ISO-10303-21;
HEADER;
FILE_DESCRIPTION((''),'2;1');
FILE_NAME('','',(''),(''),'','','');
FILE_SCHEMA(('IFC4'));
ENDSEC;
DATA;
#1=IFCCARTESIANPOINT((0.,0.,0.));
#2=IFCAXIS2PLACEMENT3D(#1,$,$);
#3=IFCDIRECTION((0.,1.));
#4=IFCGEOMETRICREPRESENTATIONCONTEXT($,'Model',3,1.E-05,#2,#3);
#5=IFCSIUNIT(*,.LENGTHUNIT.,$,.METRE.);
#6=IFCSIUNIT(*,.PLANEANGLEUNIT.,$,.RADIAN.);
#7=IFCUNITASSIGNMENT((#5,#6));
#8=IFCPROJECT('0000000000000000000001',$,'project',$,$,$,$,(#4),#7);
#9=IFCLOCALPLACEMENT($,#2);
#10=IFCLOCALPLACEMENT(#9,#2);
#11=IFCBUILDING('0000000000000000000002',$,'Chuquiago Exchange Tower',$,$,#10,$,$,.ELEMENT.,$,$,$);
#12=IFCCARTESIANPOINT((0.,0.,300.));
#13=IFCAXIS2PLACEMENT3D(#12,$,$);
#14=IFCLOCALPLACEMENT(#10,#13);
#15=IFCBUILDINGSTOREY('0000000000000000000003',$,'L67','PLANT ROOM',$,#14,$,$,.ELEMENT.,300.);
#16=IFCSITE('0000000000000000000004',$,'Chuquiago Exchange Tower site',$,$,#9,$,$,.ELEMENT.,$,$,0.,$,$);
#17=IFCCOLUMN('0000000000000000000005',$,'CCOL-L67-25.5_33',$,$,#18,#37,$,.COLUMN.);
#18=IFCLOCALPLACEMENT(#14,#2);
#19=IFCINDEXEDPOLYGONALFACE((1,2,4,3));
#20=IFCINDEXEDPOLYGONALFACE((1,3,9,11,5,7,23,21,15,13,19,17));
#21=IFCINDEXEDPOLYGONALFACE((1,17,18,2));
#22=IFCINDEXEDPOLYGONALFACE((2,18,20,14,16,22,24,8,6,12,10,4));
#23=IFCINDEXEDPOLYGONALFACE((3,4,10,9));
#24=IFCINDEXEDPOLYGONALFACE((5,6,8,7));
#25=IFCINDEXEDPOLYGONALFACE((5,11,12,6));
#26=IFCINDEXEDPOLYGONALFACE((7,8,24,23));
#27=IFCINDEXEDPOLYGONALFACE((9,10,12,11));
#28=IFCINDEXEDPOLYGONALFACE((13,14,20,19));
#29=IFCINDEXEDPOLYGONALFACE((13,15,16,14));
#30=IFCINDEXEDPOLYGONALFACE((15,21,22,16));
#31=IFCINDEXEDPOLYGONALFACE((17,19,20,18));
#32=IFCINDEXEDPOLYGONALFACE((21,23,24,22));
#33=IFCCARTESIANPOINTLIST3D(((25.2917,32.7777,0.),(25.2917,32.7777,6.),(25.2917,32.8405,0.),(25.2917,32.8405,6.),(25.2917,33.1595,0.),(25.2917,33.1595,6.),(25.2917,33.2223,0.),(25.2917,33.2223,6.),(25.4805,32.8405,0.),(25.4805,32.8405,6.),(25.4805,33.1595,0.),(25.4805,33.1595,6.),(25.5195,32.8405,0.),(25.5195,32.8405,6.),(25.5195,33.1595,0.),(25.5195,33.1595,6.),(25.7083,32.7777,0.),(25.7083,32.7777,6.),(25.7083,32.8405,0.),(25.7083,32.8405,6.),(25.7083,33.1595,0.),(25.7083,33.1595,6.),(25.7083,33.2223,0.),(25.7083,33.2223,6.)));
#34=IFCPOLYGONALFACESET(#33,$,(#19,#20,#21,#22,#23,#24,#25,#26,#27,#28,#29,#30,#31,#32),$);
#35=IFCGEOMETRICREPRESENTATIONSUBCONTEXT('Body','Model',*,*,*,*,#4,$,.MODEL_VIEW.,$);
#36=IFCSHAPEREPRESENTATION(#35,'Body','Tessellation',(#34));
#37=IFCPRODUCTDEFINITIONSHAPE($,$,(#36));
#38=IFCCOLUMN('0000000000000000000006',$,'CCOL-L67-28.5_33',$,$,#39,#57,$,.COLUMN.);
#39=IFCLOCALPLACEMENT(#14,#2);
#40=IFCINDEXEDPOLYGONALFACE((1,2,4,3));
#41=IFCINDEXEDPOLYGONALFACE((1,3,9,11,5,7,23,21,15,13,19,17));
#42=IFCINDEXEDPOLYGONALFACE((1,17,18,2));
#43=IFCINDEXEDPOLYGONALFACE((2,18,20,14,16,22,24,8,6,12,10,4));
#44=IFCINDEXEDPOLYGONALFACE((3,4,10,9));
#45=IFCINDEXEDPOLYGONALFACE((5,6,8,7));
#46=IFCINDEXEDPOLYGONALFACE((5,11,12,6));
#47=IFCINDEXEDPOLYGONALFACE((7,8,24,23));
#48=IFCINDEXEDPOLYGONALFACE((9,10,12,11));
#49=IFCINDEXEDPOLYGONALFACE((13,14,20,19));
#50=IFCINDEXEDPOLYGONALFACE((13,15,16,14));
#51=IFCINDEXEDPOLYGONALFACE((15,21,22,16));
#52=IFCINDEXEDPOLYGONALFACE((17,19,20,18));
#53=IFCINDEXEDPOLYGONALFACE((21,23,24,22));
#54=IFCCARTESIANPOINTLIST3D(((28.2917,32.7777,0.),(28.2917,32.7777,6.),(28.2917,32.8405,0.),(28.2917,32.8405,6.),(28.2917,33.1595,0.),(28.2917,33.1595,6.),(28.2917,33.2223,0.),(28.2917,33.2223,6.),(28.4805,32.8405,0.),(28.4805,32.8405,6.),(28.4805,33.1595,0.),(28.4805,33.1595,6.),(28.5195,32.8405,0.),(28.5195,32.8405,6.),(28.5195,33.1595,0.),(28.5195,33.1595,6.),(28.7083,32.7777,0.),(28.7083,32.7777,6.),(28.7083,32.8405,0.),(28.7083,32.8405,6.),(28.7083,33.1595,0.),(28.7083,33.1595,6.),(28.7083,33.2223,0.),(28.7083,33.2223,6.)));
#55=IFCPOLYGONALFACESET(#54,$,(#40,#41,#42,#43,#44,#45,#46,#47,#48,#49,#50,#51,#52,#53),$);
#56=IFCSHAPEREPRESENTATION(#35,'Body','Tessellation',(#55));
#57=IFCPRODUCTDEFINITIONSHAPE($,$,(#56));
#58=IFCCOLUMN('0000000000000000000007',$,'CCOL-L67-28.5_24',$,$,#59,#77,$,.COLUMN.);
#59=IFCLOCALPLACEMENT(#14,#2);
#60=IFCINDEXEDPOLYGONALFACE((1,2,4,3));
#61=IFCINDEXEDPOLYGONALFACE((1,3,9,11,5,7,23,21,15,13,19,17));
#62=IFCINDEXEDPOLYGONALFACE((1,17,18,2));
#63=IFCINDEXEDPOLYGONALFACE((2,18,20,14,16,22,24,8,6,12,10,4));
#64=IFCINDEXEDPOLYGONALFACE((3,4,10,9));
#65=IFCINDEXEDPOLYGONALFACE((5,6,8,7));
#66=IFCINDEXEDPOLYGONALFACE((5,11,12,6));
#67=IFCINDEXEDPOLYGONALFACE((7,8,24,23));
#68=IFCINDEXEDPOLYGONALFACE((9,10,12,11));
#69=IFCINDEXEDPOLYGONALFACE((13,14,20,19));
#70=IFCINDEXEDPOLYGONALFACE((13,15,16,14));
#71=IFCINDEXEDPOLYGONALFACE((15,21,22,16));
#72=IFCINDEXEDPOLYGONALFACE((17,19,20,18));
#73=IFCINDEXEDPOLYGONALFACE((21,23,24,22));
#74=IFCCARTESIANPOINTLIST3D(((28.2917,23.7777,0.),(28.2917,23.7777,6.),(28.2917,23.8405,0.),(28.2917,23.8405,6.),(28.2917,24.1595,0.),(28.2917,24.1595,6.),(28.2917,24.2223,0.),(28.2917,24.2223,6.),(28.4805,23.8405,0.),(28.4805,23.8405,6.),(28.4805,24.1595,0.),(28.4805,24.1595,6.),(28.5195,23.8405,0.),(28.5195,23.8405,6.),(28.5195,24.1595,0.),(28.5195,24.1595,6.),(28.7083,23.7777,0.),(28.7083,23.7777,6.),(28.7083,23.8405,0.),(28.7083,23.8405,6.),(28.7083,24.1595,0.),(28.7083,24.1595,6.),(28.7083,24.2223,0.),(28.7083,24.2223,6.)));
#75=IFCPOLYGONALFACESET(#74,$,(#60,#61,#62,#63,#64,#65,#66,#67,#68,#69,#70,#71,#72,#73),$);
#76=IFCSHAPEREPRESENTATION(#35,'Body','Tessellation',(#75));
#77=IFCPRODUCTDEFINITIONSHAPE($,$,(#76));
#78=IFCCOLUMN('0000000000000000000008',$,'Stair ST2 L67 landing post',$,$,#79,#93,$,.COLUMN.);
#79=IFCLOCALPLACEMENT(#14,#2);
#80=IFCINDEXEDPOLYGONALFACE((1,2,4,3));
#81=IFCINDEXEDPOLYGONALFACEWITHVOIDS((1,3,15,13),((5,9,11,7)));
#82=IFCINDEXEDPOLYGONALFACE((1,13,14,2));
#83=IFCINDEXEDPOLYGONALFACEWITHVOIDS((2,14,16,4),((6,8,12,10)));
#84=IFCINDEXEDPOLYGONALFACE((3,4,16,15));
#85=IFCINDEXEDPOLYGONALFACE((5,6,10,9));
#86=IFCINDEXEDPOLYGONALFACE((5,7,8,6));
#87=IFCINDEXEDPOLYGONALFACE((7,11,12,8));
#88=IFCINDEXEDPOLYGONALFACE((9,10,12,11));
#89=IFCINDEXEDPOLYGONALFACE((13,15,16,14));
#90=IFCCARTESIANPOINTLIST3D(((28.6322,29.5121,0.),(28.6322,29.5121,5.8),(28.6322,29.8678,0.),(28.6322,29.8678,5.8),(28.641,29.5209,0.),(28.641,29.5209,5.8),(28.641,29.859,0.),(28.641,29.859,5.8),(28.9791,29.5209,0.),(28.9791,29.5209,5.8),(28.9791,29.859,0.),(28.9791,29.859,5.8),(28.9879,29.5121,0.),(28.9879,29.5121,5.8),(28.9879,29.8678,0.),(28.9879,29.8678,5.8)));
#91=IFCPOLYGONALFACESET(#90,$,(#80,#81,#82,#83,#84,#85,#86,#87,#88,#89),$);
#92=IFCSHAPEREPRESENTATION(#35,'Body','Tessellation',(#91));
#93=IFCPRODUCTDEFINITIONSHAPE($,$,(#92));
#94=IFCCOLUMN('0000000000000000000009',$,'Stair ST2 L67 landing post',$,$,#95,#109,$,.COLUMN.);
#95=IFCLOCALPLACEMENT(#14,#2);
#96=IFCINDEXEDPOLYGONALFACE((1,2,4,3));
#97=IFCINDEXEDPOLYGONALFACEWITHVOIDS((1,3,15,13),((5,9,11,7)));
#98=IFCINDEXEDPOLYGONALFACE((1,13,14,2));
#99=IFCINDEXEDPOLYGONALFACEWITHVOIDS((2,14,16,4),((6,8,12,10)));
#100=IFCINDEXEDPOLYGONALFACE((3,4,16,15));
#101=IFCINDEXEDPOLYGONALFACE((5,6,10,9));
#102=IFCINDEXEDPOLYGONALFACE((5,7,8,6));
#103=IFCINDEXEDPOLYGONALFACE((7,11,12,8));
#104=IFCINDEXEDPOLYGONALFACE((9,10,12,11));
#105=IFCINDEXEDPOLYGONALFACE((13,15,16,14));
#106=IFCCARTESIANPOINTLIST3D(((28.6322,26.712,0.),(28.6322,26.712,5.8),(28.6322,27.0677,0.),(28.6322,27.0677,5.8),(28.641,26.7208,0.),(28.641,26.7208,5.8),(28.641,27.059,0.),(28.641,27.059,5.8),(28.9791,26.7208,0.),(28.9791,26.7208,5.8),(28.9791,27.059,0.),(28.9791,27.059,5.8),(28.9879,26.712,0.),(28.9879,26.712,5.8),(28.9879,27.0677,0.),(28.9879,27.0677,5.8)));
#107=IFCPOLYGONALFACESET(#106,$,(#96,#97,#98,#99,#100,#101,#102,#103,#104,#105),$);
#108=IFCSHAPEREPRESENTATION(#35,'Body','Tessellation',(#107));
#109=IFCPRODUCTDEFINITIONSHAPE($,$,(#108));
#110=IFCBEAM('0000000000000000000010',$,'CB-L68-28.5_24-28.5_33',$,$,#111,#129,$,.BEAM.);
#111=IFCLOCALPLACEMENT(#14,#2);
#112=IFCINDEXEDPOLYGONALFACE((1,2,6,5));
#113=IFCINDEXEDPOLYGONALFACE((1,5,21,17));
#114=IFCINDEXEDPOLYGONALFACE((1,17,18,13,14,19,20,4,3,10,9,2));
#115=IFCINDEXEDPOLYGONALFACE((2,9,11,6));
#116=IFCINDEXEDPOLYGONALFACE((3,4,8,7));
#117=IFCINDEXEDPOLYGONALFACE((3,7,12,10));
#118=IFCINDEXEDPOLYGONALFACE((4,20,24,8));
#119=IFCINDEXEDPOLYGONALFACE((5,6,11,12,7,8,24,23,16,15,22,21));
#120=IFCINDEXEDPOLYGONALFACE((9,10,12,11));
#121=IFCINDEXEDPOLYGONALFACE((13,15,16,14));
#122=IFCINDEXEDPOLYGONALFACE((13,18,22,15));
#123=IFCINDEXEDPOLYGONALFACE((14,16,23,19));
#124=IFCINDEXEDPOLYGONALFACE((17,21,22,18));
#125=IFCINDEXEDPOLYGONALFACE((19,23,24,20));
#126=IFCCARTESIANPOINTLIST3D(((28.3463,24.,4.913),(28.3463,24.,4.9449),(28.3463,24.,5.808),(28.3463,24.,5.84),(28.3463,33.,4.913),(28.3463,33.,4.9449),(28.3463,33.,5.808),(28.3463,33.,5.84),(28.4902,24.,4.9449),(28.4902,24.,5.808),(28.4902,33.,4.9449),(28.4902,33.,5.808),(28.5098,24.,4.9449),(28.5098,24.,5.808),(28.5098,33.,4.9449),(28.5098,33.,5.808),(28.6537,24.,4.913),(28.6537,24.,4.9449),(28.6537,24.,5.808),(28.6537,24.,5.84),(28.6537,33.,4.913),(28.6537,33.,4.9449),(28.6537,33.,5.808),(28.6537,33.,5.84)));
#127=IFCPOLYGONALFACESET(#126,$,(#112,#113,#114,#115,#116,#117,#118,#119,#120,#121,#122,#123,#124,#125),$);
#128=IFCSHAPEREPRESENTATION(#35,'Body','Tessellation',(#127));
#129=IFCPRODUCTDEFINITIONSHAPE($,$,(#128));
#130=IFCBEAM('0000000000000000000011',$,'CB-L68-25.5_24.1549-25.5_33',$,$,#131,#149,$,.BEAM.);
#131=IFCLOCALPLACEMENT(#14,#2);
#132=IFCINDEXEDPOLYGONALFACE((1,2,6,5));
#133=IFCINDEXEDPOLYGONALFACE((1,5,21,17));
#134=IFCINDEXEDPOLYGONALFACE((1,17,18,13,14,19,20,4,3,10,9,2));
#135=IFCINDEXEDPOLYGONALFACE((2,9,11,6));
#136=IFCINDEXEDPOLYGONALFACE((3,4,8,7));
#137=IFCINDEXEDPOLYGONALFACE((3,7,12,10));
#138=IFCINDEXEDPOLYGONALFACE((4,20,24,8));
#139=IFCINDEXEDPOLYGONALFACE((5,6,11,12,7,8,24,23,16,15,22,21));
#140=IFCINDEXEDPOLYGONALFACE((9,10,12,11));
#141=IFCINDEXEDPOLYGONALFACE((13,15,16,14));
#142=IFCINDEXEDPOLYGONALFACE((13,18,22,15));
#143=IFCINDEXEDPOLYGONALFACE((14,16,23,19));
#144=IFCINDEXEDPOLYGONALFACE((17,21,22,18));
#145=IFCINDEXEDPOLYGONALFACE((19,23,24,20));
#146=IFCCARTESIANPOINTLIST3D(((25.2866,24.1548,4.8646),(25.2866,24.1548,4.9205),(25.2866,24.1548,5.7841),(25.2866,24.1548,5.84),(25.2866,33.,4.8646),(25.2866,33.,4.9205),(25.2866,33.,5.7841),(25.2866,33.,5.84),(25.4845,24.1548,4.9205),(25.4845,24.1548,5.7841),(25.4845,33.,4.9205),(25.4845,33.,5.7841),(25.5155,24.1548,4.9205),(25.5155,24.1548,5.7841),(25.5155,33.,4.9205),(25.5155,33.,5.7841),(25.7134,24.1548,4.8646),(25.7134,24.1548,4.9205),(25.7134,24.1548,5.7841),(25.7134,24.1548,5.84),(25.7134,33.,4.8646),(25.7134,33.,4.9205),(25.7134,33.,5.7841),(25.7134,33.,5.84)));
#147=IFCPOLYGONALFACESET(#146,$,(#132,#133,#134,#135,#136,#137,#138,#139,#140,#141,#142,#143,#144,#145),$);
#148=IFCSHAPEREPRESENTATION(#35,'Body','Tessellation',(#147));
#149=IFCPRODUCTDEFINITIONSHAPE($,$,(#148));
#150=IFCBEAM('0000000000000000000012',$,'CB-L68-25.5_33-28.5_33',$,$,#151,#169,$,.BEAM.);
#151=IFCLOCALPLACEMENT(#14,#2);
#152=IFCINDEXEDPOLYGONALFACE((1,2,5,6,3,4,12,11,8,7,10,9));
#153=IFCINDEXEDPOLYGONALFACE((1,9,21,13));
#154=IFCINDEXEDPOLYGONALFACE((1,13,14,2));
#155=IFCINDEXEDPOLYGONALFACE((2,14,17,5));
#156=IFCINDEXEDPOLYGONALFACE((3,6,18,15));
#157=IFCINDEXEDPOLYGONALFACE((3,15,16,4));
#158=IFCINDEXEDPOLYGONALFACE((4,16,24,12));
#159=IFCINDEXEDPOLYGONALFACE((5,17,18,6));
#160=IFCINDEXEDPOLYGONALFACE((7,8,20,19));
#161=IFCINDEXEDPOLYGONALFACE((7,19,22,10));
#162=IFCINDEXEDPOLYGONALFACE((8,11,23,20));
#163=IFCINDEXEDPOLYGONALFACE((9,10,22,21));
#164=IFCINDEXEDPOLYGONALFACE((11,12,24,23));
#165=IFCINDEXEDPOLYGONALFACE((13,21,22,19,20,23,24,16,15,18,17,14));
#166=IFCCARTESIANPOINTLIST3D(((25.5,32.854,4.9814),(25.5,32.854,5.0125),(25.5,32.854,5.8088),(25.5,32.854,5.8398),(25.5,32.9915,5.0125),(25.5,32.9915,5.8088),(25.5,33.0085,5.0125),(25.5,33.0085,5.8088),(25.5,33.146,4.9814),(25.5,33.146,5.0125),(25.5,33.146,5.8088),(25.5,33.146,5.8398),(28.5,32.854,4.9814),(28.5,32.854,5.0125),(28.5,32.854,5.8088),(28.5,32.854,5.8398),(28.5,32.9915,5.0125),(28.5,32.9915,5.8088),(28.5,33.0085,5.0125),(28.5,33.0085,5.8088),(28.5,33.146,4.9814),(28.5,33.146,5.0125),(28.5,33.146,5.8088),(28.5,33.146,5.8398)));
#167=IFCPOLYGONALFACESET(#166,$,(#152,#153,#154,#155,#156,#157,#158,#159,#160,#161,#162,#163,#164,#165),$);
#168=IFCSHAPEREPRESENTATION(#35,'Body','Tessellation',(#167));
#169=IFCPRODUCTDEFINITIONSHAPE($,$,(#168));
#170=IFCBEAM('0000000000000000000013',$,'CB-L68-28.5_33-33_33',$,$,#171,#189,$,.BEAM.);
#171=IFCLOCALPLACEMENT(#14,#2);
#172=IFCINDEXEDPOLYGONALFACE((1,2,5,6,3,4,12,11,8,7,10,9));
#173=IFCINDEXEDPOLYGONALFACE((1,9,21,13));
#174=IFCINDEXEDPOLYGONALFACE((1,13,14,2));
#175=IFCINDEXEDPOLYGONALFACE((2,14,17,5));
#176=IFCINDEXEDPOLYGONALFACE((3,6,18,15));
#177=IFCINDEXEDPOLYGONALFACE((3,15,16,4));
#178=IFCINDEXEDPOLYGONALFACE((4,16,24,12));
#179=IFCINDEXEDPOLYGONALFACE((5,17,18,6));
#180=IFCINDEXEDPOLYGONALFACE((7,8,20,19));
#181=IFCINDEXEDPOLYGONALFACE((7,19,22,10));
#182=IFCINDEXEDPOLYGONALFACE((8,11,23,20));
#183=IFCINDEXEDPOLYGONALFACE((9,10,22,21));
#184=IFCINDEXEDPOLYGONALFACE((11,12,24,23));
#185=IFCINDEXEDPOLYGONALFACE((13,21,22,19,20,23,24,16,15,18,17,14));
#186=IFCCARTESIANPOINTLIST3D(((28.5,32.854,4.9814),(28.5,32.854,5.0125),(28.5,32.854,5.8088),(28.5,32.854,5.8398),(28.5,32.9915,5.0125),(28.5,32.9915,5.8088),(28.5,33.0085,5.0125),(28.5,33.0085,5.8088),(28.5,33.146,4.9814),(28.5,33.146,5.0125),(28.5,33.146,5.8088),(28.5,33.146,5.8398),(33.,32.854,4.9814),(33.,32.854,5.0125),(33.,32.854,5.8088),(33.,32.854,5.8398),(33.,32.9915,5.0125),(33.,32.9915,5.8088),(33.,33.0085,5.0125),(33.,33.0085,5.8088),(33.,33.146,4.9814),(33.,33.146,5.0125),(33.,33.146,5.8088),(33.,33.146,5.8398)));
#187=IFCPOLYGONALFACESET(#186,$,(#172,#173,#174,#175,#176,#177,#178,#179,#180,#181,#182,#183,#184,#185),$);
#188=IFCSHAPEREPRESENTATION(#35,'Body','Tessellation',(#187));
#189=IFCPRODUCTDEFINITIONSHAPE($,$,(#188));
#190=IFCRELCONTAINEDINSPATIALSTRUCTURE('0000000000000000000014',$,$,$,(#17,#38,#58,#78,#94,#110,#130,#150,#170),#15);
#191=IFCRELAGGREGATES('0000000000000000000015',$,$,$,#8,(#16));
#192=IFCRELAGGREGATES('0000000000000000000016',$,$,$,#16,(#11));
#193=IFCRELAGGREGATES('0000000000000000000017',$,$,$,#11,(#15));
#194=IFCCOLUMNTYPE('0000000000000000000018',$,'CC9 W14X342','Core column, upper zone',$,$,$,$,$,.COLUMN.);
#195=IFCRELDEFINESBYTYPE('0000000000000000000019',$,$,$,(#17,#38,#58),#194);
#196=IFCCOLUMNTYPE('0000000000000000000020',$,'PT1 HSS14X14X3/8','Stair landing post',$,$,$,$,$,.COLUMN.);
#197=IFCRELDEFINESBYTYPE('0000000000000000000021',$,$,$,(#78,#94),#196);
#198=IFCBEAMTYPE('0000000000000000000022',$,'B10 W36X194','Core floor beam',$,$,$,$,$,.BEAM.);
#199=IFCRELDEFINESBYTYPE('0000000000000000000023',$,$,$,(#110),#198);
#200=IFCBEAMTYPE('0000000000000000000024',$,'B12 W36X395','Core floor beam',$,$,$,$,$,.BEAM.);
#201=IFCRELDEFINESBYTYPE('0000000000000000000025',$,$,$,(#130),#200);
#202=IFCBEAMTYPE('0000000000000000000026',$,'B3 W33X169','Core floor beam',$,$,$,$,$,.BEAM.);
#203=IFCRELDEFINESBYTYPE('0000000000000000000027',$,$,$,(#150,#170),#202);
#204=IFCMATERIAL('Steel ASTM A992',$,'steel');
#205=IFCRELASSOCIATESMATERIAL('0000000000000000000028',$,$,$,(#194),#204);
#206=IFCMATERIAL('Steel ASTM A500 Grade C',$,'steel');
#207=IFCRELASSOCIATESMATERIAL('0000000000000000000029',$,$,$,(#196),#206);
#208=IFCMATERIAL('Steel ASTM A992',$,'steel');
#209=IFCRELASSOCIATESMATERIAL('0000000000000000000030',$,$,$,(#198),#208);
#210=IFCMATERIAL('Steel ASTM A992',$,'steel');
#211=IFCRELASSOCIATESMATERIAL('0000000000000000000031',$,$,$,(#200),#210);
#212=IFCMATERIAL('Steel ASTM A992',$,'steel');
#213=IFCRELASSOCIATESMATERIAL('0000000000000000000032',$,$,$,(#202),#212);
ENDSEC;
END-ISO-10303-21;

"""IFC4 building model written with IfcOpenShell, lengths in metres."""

from ifc_helpers import new_model, si_unit, direction, frame, origin, origin_2d, place, context, subcontext, project, spatial, hollow_rectangle, i_section, extrude, material, material_profile, profile_set, type_object, element, save


model = new_model("IFC4")

# Units and contexts
model_context = context("Model", 3, precision=1e-05, world=origin(), true_north=direction((0.0, 1.0)))
body_context = subcontext(model_context, "Body", "Model", "MODEL_VIEW")
ifc_project = project(units=[si_unit("LENGTHUNIT", "METRE"), si_unit("PLANEANGLEUNIT", "RADIAN")], contexts=[model_context])

# Site, building, storey
site_placement = place(None, origin())
site = spatial("IfcSite", under=ifc_project, at=site_placement, Name="Chuquiago Exchange Tower site", CompositionType="ELEMENT", RefElevation=0.0)
building_placement = place(site_placement, origin())
building = spatial("IfcBuilding", under=site, at=building_placement, Name="Chuquiago Exchange Tower", CompositionType="ELEMENT")
storey_placement = place(building_placement, frame((0.0, 0.0, 300.0)))
storey = spatial("IfcBuildingStorey", under=building, at=storey_placement, Name="L67", Description="PLANT ROOM", CompositionType="ELEMENT", Elevation=300.0)

# Columns
ifc_material_1 = material(Name="Steel ASTM A992", Category="steel")
ifc_material_profile_1 = material_profile(ifc_material_1, i_section(OverallWidth=0.4165, OverallDepth=0.4446, WebThickness=0.0391, FlangeThickness=0.0627, at=origin_2d()), Name="W14X342")
ifc_profile_set_1 = profile_set([ifc_material_profile_1], Name="Steel ASTM A992")
column_type_1 = type_object("IfcColumnType", Name="CC9 W14X342", Description="Core column, upper zone", PredefinedType="COLUMN", material=ifc_profile_set_1)
for number, where, z_axis, x_axis, name in (
    (1, (25.5, 33.0, 0.0), (0.0, 0.0, 1.0), (1.0, 0.0, 0.0), "CCOL-L67-25.5_33"),
    (2, (28.5, 33.0, 0.0), (0.0, 0.0, 1.0), (1.0, 0.0, 0.0), "CCOL-L67-28.5_33"),
    (3, (28.5, 24.0, 0.0), (0.0, 0.0, 1.0), (1.0, 0.0, 0.0), "CCOL-L67-28.5_24"),
):
    element("IfcColumn", number, at=place(storey_placement, frame(where, z_axis=z_axis, x_axis=x_axis)), inside=storey, type_object=column_type_1, Name=name, PredefinedType="COLUMN", context=body_context, shape_type="SweptSolid", body=[
        extrude(i_section(OverallWidth=0.4165, OverallDepth=0.4446, WebThickness=0.0391, FlangeThickness=0.0627, at=origin_2d()), origin(), (0.0, 0.0, 1.0), 6.0),
    ])
ifc_material_2 = material(Name="Steel ASTM A500 Grade C", Category="steel")
ifc_material_profile_2 = material_profile(ifc_material_2, hollow_rectangle(XDim=0.3557, YDim=0.3557, WallThickness=0.0088, at=origin_2d()), Name="HSS14X14X3/8")
ifc_profile_set_2 = profile_set([ifc_material_profile_2], Name="Steel ASTM A500 Grade C")
column_type_2 = type_object("IfcColumnType", Name="PT1 HSS14X14X3/8", Description="Stair landing post", PredefinedType="COLUMN", material=ifc_profile_set_2)
for number, where, z_axis, x_axis, name in (
    (4, (28.8101, 29.6899, 0.0), (0.0, 0.0, 1.0), (1.0, 0.0, 0.0), "Stair ST2 L67 landing post"),
    (5, (28.8101, 26.8899, 0.0), (0.0, 0.0, 1.0), (1.0, 0.0, 0.0), "Stair ST2 L67 landing post"),
):
    element("IfcColumn", number, at=place(storey_placement, frame(where, z_axis=z_axis, x_axis=x_axis)), inside=storey, type_object=column_type_2, Name=name, PredefinedType="COLUMN", context=body_context, shape_type="SweptSolid", body=[
        extrude(hollow_rectangle(XDim=0.3557, YDim=0.3557, WallThickness=0.0088, at=origin_2d()), origin(), (0.0, 0.0, 1.0), 5.8),
    ])

# Beams
ifc_material_3 = material(Name="Steel ASTM A992", Category="steel")
ifc_material_profile_3 = material_profile(ifc_material_3, i_section(OverallWidth=0.3074, OverallDepth=0.927, WebThickness=0.0195, FlangeThickness=0.032, at=origin_2d()), Name="W36X194")
ifc_profile_set_3 = profile_set([ifc_material_profile_3], Name="Steel ASTM A992")
beam_type_1 = type_object("IfcBeamType", Name="B10 W36X194", Description="Core floor beam", PredefinedType="BEAM", material=ifc_profile_set_3)
beam_1_placement = place(storey_placement, frame((28.5, 24.0, 5.3765), z_axis=(0.0, 1.0, 0.0), x_axis=(-1.0, 0.0, 0.0)))
element("IfcBeam", 6, at=beam_1_placement, inside=storey, type_object=beam_type_1, Name="CB-L68-28.5_24-28.5_33", PredefinedType="BEAM", context=body_context, shape_type="SweptSolid", body=[
    extrude(i_section(OverallWidth=0.3074, OverallDepth=0.927, WebThickness=0.0195, FlangeThickness=0.032, at=origin_2d()), origin(), (0.0, 0.0, 1.0), 9.0),
])
ifc_material_4 = material(Name="Steel ASTM A992", Category="steel")
ifc_material_profile_4 = material_profile(ifc_material_4, i_section(OverallWidth=0.4268, OverallDepth=0.9753, WebThickness=0.031, FlangeThickness=0.0559, at=origin_2d()), Name="W36X395")
ifc_profile_set_4 = profile_set([ifc_material_profile_4], Name="Steel ASTM A992")
beam_type_2 = type_object("IfcBeamType", Name="B12 W36X395", Description="Core floor beam", PredefinedType="BEAM", material=ifc_profile_set_4)
beam_2_placement = place(storey_placement, frame((25.5, 24.1548, 5.3523), z_axis=(0.0, 1.0, 0.0), x_axis=(-1.0, 0.0, 0.0)))
element("IfcBeam", 7, at=beam_2_placement, inside=storey, type_object=beam_type_2, Name="CB-L68-25.5_24.1549-25.5_33", PredefinedType="BEAM", context=body_context, shape_type="SweptSolid", body=[
    extrude(i_section(OverallWidth=0.4268, OverallDepth=0.9753, WebThickness=0.031, FlangeThickness=0.0559, at=origin_2d()), origin(), (0.0, 0.0, 1.0), 8.8452),
])
ifc_material_5 = material(Name="Steel ASTM A992", Category="steel")
ifc_material_profile_5 = material_profile(ifc_material_5, i_section(OverallWidth=0.292, OverallDepth=0.8584, WebThickness=0.0171, FlangeThickness=0.031, at=origin_2d()), Name="W33X169")
ifc_profile_set_5 = profile_set([ifc_material_profile_5], Name="Steel ASTM A992")
beam_type_3 = type_object("IfcBeamType", Name="B3 W33X169", Description="Core floor beam", PredefinedType="BEAM", material=ifc_profile_set_5)
beam_3_placement = place(storey_placement, frame((25.5, 33.0, 5.4106), z_axis=(1.0, 0.0, 0.0), x_axis=(0.0, 1.0, 0.0)))
element("IfcBeam", 8, at=beam_3_placement, inside=storey, type_object=beam_type_3, Name="CB-L68-25.5_33-28.5_33", PredefinedType="BEAM", context=body_context, shape_type="SweptSolid", body=[
    extrude(i_section(OverallWidth=0.292, OverallDepth=0.8584, WebThickness=0.0171, FlangeThickness=0.031, at=origin_2d()), origin(), (0.0, 0.0, 1.0), 3.0),
])
beam_4_placement = place(storey_placement, frame((28.5, 33.0, 5.4106), z_axis=(1.0, 0.0, 0.0), x_axis=(0.0, 1.0, 0.0)))
element("IfcBeam", 9, at=beam_4_placement, inside=storey, type_object=beam_type_3, Name="CB-L68-28.5_33-33_33", PredefinedType="BEAM", context=body_context, shape_type="SweptSolid", body=[
    extrude(i_section(OverallWidth=0.292, OverallDepth=0.8584, WebThickness=0.0171, FlangeThickness=0.031, at=origin_2d()), origin(), (0.0, 0.0, 1.0), 4.5),
])

save(model, "model.ifc")
